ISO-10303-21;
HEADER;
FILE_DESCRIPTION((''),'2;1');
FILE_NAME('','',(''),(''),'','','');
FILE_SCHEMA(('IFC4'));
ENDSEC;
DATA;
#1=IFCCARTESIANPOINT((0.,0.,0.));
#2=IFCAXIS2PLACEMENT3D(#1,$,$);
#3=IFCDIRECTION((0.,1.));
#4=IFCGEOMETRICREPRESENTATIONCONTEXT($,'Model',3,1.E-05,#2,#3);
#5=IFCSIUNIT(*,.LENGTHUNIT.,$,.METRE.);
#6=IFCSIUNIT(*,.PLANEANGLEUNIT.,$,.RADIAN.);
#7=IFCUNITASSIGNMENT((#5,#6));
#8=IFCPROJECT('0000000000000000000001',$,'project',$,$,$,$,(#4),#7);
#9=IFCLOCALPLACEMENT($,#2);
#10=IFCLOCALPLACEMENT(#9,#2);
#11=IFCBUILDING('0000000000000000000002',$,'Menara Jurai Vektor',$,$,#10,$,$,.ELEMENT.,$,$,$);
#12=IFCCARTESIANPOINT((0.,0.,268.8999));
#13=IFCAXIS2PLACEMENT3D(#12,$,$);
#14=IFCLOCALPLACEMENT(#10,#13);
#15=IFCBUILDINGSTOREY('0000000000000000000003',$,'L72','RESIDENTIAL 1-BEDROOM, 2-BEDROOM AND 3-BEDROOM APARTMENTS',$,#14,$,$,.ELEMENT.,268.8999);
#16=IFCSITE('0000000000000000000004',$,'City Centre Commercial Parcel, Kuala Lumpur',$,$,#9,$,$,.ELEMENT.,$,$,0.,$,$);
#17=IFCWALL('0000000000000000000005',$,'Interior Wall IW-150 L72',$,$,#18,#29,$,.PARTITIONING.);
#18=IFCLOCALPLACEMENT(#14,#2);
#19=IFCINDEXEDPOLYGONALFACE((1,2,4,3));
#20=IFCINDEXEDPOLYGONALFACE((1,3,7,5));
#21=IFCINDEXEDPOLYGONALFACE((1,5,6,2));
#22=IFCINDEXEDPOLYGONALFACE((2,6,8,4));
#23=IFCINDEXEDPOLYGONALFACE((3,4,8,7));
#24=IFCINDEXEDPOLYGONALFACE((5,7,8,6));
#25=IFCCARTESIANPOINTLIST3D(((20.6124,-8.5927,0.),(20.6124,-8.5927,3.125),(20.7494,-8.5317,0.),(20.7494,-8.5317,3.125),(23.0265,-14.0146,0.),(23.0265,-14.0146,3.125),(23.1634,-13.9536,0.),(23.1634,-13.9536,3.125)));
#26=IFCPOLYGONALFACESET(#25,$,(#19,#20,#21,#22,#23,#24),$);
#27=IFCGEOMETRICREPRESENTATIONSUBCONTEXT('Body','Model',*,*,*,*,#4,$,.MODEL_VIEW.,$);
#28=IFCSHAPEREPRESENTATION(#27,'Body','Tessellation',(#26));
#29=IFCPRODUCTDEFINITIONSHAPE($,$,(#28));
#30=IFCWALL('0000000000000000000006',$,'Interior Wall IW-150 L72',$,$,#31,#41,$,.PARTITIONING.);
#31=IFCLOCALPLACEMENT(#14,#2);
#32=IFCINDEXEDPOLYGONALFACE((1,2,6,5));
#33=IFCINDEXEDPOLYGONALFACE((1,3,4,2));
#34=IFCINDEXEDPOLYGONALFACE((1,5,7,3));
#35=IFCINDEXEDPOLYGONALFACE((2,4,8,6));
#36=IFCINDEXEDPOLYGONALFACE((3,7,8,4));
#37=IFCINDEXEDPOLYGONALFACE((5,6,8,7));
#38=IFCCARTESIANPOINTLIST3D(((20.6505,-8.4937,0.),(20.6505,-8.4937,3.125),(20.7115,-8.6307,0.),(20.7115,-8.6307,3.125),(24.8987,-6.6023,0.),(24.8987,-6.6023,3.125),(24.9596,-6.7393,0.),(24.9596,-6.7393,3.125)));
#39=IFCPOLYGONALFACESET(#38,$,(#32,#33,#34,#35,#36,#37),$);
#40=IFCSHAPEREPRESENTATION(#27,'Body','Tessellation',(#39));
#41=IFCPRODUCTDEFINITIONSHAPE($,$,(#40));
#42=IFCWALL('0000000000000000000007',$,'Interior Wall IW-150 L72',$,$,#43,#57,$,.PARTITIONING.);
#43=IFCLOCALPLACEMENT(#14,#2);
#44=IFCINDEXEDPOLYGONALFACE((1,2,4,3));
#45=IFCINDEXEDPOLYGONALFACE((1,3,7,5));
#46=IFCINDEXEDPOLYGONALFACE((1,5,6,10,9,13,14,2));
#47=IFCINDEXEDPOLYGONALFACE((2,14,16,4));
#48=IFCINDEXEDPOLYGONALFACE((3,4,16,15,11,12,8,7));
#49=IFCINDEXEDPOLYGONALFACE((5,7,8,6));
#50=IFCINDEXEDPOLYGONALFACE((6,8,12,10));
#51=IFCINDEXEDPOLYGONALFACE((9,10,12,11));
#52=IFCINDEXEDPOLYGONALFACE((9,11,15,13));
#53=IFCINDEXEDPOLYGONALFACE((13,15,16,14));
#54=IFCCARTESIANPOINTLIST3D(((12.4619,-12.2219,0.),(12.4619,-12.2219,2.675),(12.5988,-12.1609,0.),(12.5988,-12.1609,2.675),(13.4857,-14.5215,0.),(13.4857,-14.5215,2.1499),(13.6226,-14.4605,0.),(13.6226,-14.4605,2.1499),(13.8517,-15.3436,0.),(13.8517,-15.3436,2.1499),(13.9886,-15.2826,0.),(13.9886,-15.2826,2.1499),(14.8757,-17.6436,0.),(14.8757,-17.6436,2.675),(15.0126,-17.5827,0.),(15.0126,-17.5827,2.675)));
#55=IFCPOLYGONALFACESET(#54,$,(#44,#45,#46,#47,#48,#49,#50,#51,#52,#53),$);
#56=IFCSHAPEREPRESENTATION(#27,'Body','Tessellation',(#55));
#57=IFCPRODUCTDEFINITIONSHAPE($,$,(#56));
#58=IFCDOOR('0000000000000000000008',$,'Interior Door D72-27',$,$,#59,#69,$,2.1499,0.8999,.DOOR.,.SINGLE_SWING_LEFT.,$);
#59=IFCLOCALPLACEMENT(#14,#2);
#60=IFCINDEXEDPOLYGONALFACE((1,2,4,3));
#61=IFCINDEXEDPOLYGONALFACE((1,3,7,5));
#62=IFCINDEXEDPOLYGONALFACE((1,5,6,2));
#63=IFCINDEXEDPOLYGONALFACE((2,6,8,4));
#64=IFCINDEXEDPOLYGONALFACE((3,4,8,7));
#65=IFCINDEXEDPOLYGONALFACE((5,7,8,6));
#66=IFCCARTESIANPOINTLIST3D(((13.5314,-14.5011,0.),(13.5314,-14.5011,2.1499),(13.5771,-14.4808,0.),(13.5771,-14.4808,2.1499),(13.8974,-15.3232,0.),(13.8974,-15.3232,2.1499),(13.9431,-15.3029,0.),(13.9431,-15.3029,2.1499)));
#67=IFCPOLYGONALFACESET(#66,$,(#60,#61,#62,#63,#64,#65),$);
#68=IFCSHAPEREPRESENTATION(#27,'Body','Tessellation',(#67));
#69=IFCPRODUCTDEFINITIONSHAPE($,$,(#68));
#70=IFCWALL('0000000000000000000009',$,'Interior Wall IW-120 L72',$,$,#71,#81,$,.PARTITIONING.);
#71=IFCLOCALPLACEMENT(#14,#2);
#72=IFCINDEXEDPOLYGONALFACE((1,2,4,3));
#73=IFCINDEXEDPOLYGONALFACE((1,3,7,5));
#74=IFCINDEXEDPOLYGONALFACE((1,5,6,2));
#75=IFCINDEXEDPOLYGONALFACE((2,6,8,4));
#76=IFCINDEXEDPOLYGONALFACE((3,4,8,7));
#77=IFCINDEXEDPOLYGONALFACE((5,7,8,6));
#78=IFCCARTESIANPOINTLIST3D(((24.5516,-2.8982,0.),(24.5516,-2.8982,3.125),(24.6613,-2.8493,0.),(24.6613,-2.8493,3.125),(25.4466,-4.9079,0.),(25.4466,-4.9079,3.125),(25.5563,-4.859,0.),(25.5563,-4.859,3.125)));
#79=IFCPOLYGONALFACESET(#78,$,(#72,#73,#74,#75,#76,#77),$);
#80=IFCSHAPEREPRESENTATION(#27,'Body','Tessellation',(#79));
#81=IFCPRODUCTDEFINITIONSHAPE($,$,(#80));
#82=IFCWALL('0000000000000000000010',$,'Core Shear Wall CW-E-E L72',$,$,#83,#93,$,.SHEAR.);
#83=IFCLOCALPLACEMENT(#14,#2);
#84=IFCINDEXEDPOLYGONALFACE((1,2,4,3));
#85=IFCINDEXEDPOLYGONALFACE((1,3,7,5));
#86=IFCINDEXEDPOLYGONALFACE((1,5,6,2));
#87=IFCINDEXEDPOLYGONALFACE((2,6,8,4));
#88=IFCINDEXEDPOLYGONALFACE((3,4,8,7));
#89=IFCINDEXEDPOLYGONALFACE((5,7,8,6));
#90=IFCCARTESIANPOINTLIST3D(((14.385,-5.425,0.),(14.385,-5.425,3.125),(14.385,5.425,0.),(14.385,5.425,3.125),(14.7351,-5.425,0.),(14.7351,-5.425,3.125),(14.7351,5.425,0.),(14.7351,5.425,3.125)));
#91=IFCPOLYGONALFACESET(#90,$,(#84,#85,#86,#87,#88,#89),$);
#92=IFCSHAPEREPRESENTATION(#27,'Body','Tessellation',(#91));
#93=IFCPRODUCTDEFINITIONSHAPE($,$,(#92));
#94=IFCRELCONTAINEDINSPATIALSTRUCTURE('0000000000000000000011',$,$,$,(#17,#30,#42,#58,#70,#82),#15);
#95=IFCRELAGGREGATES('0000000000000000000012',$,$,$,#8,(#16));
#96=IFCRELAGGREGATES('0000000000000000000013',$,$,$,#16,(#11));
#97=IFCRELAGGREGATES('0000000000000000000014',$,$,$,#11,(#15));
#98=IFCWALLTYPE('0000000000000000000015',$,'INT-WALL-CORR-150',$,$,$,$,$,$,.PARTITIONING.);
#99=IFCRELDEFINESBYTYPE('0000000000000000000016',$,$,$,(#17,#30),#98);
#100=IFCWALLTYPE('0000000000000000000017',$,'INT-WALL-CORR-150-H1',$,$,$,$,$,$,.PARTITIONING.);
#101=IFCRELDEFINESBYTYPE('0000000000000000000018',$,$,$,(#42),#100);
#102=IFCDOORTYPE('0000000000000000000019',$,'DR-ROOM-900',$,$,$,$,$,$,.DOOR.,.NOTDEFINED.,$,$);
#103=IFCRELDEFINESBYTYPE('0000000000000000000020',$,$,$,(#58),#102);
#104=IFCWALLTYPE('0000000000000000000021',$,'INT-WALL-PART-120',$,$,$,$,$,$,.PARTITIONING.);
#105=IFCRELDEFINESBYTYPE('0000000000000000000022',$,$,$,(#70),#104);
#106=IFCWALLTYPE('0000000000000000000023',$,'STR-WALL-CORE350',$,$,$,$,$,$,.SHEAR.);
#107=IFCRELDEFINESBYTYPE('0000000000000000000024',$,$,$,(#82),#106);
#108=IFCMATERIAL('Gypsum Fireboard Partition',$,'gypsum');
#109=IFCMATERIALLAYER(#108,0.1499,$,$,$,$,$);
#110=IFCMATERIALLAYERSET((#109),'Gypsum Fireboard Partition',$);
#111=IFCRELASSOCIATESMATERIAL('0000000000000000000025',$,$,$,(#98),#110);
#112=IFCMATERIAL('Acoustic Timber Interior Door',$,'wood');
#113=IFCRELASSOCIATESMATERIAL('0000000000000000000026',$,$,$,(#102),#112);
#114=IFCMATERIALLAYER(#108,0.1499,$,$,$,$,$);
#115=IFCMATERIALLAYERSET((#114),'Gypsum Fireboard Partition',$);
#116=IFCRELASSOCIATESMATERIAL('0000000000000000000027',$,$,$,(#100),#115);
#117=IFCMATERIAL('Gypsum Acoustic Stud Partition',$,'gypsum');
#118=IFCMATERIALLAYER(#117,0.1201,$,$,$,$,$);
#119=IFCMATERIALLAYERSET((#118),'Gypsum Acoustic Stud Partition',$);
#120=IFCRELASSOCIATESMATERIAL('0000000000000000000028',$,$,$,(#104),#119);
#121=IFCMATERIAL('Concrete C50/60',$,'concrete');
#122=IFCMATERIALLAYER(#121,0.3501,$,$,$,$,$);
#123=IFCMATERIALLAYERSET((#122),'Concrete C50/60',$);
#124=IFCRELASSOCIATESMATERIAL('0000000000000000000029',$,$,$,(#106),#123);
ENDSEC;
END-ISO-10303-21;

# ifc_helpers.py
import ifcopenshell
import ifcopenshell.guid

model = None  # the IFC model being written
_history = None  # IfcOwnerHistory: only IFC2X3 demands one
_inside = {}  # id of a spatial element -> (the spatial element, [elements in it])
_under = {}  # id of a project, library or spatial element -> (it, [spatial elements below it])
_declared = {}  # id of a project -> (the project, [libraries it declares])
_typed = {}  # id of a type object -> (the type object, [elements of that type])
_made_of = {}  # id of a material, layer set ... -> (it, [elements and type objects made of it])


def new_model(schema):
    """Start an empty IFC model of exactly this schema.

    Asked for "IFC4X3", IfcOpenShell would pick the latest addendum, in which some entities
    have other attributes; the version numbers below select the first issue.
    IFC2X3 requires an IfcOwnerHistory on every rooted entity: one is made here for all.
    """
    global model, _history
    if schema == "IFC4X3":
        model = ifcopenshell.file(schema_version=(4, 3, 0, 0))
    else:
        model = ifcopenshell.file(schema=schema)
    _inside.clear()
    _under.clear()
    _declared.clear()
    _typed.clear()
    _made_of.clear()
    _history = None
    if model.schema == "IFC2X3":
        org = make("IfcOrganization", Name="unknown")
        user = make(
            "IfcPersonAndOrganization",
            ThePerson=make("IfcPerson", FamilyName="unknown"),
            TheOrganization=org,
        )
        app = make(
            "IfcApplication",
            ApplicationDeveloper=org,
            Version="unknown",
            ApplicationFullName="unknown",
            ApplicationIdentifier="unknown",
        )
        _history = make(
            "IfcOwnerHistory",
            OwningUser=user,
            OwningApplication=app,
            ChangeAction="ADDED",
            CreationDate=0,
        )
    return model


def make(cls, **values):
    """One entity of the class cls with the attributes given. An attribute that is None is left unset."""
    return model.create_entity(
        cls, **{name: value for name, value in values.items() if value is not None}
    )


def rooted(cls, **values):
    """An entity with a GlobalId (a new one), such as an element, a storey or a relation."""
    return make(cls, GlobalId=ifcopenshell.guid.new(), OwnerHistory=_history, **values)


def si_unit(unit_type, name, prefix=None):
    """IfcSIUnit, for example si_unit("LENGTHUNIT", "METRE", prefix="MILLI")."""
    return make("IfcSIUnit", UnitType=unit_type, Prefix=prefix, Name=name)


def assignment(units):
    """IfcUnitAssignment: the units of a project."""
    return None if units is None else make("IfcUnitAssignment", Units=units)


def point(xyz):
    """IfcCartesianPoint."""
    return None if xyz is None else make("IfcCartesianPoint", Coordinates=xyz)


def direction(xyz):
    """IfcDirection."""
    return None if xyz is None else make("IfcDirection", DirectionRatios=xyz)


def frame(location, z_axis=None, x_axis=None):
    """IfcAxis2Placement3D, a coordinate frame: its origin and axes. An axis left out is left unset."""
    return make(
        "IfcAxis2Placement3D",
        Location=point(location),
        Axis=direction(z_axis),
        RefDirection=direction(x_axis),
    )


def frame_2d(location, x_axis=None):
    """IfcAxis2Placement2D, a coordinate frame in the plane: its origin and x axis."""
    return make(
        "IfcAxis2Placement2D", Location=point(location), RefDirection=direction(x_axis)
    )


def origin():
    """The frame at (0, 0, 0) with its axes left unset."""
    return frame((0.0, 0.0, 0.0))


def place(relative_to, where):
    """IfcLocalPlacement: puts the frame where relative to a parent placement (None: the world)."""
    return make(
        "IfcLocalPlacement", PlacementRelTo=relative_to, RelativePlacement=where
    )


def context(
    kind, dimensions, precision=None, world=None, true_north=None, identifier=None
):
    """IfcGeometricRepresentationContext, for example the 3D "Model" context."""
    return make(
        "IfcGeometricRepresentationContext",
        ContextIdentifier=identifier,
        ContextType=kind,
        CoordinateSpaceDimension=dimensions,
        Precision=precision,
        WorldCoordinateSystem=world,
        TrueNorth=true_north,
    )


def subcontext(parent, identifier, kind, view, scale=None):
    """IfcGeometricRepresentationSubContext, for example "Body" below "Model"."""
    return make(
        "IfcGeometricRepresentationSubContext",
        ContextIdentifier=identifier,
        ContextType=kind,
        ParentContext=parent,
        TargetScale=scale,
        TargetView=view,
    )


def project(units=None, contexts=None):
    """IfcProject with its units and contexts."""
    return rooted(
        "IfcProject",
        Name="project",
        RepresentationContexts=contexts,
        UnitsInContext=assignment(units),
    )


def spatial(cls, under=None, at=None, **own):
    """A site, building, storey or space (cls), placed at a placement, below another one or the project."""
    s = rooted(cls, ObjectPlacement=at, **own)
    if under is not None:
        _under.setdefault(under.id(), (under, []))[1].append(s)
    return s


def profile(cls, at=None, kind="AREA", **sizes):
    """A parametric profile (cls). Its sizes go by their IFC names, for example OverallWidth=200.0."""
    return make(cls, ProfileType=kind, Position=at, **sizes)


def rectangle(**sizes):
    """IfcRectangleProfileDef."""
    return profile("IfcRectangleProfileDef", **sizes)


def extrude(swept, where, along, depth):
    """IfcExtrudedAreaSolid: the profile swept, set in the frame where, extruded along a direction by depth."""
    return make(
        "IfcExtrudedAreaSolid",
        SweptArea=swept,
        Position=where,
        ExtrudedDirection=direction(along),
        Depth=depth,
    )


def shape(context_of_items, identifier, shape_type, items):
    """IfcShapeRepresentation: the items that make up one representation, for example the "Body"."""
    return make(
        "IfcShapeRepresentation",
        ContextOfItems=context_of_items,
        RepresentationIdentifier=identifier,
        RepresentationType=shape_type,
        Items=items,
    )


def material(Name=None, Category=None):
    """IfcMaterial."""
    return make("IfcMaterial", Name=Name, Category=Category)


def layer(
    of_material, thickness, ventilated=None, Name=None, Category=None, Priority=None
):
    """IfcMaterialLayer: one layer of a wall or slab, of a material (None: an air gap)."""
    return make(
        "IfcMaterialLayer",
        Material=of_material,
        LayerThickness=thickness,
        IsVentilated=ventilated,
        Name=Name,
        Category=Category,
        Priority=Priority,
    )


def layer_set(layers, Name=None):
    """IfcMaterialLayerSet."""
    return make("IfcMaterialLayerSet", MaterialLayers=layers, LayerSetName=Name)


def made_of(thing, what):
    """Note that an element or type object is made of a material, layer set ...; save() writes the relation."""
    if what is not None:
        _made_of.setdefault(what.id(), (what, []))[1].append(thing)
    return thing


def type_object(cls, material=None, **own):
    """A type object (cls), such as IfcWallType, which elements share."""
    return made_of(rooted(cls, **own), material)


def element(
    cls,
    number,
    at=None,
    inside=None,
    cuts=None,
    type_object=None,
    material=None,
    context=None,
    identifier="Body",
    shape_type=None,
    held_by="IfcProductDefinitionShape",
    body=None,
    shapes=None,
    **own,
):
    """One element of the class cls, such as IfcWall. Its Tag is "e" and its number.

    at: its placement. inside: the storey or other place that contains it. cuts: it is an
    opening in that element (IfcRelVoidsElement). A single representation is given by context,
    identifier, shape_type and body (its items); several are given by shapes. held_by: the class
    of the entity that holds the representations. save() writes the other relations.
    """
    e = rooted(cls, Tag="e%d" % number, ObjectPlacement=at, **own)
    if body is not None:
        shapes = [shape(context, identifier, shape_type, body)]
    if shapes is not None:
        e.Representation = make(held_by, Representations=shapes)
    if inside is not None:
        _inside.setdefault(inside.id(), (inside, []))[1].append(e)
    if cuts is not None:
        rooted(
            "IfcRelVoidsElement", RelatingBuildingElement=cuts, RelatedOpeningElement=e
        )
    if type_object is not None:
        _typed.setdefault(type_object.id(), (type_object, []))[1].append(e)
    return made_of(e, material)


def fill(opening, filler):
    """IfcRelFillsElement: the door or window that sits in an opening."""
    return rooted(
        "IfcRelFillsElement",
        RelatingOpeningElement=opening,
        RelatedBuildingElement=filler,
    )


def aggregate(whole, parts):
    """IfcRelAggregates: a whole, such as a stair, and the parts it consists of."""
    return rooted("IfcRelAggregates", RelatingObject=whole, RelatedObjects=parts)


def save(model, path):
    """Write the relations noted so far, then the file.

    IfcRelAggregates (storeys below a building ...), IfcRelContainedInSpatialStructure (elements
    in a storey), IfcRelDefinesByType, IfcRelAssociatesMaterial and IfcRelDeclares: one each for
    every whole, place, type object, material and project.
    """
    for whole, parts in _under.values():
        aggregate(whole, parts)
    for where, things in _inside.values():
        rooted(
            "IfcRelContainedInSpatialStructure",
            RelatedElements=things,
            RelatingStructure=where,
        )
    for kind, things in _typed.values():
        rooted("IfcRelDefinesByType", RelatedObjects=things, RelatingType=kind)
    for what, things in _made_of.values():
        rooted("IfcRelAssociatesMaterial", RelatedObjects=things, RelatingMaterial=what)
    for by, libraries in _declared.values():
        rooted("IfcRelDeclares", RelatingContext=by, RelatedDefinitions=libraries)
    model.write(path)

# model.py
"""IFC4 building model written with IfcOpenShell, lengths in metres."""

from ifc_helpers import new_model, si_unit, direction, frame, frame_2d, origin, place, context, subcontext, project, spatial, rectangle, extrude, material, layer, layer_set, type_object, element, fill, save


model = new_model("IFC4")

# Units and contexts
model_context = context("Model", 3, precision=1e-05, world=origin(), true_north=direction((0.0, 1.0)))
body_context = subcontext(model_context, "Body", "Model", "MODEL_VIEW")
ifc_project = project(units=[si_unit("LENGTHUNIT", "METRE"), si_unit("PLANEANGLEUNIT", "RADIAN")], contexts=[model_context])

# Site, building, storey
site_placement = place(None, origin())
site = spatial("IfcSite", under=ifc_project, at=site_placement, Name="City Centre Commercial Parcel, Kuala Lumpur", CompositionType="ELEMENT", RefElevation=0.0)
building_placement = place(site_placement, origin())
building = spatial("IfcBuilding", under=site, at=building_placement, Name="Menara Jurai Vektor", CompositionType="ELEMENT")
storey_placement = place(building_placement, frame((0.0, 0.0, 268.8999)))
storey = spatial("IfcBuildingStorey", under=building, at=storey_placement, Name="L72", Description="RESIDENTIAL 1-BEDROOM, 2-BEDROOM AND 3-BEDROOM APARTMENTS", CompositionType="ELEMENT", Elevation=268.8999)

# Shared definitions
ifc_material_1 = material(Name="Concrete C50/60", Category="concrete")

# Shared definitions
ifc_material_2 = material(Name="Gypsum Fireboard Partition", Category="gypsum")
ifc_layer_1 = layer(ifc_material_2, 0.1499)
ifc_layer_set_1 = layer_set([ifc_layer_1], Name="Gypsum Fireboard Partition")
wall_type_1 = type_object("IfcWallType", Name="INT-WALL-CORR-150", PredefinedType="PARTITIONING", material=ifc_layer_set_1)

# Shared definitions
ifc_material_3 = material(Name="Acoustic Timber Interior Door", Category="wood")
door_type_1 = type_object("IfcDoorType", Name="DR-ROOM-900", OperationType="NOTDEFINED", PredefinedType="DOOR", material=ifc_material_3)

# Walls
wall_1_placement = place(storey_placement, frame((23.095, -13.9841, 0.0), z_axis=(0.0, 0.0, 1.0), x_axis=(-0.406749, 0.91354, 0.0)))
element("IfcWall", 1, at=wall_1_placement, inside=storey, type_object=wall_type_1, Name="Interior Wall IW-150 L72", PredefinedType="PARTITIONING", context=body_context, shape_type="SweptSolid", body=[
    extrude(rectangle(XDim=5.9351, YDim=0.1499, at=frame_2d((2.9675, 0.0))), origin(), (0.0, 0.0, 1.0), 3.125),
])
wall_2_placement = place(storey_placement, frame((20.6809, -8.5623, 0.0), z_axis=(0.0, 0.0, 1.0), x_axis=(0.913545, 0.406738, 0.0)))
element("IfcWall", 2, at=wall_2_placement, inside=storey, type_object=wall_type_1, Name="Interior Wall IW-150 L72", PredefinedType="PARTITIONING", context=body_context, shape_type="SweptSolid", body=[
    extrude(rectangle(XDim=4.6501, YDim=0.1499, at=frame_2d((2.3252, 0.0))), origin(), (0.0, 0.0, 1.0), 3.125),
])

# Wall, opening, door
ifc_layer_2 = layer(ifc_material_2, 0.1499)
ifc_layer_set_2 = layer_set([ifc_layer_2], Name="Gypsum Fireboard Partition")
wall_type_2 = type_object("IfcWallType", Name="INT-WALL-CORR-150-H1", PredefinedType="PARTITIONING", material=ifc_layer_set_2)
wall_3_placement = place(storey_placement, frame((14.9441, -17.613, 0.0), z_axis=(0.0, 0.0, 1.0), x_axis=(-0.406715, 0.913555, 0.0)))
wall_3 = element("IfcWall", 3, at=wall_3_placement, inside=storey, type_object=wall_type_2, Name="Interior Wall IW-150 L72", PredefinedType="PARTITIONING", context=body_context, shape_type="SweptSolid", body=[
    extrude(rectangle(XDim=5.9348, YDim=0.1499, at=frame_2d((2.9673, 0.0))), origin(), (0.0, 0.0, 1.0), 2.675),
])
opening_1_placement = place(wall_3_placement, frame((2.5176, 0.0, 0.0)))
opening_1 = element("IfcOpeningElement", 4, at=opening_1_placement, cuts=wall_3, PredefinedType="OPENING", context=body_context, shape_type="SweptSolid", body=[
    extrude(rectangle(XDim=0.8999, YDim=2.1499, at=frame_2d((0.45, 1.075))), frame((0.0, 0.085, 0.0), z_axis=(0.0, -1.0, 0.0), x_axis=(1.0, 0.0, 0.0)), (0.0, 0.0, 1.0), 0.1699),
])
door_1_placement = place(opening_1_placement, origin())
door_1 = element("IfcDoor", 5, at=door_1_placement, inside=storey, type_object=door_type_1, Name="Interior Door D72-27", OperationType="SINGLE_SWING_LEFT", OverallHeight=2.1499, OverallWidth=0.8999, PredefinedType="DOOR", context=body_context, shape_type="SweptSolid", body=[
    extrude(rectangle(XDim=0.8999, YDim=2.1499, at=frame_2d((0.45, 1.075))), frame((0.0, 0.0249, 0.0), z_axis=(0.0, -1.0, 0.0), x_axis=(1.0, 0.0, 0.0)), (0.0, 0.0, 1.0), 0.05),
])
fill(opening_1, door_1)

# Walls
ifc_material_4 = material(Name="Gypsum Acoustic Stud Partition", Category="gypsum")
ifc_layer_3 = layer(ifc_material_4, 0.1201)
ifc_layer_set_3 = layer_set([ifc_layer_3], Name="Gypsum Acoustic Stud Partition")
wall_type_3 = type_object("IfcWallType", Name="INT-WALL-PART-120", PredefinedType="PARTITIONING", material=ifc_layer_set_3)
wall_4_placement = place(storey_placement, frame((25.5015, -4.8835, 0.0), z_axis=(0.0, 0.0, 1.0), x_axis=(-0.406818, 0.913509, 0.0)))
element("IfcWall", 6, at=wall_4_placement, inside=storey, type_object=wall_type_3, Name="Interior Wall IW-120 L72", PredefinedType="PARTITIONING", context=body_context, shape_type="SweptSolid", body=[
    extrude(rectangle(XDim=2.2, YDim=0.1201, at=frame_2d((1.1001, 0.0))), origin(), (0.0, 0.0, 1.0), 3.125),
])
ifc_layer_4 = layer(ifc_material_1, 0.3501)
ifc_layer_set_4 = layer_set([ifc_layer_4], Name="Concrete C50/60")
wall_type_4 = type_object("IfcWallType", Name="STR-WALL-CORE350", PredefinedType="SHEAR", material=ifc_layer_set_4)
wall_5_placement = place(storey_placement, frame((14.5601, -5.425, 0.0), z_axis=(0.0, 0.0, 1.0), x_axis=(0.0, 1.0, 0.0)))
element("IfcWall", 7, at=wall_5_placement, inside=storey, type_object=wall_type_4, Name="Core Shear Wall CW-E-E L72", PredefinedType="SHEAR", context=body_context, shape_type="SweptSolid", body=[
    extrude(rectangle(XDim=10.8501, YDim=0.3501, at=frame_2d((5.425, 0.0))), origin(), (0.0, 0.0, 1.0), 3.125),
])

save(model, "model.ifc")
